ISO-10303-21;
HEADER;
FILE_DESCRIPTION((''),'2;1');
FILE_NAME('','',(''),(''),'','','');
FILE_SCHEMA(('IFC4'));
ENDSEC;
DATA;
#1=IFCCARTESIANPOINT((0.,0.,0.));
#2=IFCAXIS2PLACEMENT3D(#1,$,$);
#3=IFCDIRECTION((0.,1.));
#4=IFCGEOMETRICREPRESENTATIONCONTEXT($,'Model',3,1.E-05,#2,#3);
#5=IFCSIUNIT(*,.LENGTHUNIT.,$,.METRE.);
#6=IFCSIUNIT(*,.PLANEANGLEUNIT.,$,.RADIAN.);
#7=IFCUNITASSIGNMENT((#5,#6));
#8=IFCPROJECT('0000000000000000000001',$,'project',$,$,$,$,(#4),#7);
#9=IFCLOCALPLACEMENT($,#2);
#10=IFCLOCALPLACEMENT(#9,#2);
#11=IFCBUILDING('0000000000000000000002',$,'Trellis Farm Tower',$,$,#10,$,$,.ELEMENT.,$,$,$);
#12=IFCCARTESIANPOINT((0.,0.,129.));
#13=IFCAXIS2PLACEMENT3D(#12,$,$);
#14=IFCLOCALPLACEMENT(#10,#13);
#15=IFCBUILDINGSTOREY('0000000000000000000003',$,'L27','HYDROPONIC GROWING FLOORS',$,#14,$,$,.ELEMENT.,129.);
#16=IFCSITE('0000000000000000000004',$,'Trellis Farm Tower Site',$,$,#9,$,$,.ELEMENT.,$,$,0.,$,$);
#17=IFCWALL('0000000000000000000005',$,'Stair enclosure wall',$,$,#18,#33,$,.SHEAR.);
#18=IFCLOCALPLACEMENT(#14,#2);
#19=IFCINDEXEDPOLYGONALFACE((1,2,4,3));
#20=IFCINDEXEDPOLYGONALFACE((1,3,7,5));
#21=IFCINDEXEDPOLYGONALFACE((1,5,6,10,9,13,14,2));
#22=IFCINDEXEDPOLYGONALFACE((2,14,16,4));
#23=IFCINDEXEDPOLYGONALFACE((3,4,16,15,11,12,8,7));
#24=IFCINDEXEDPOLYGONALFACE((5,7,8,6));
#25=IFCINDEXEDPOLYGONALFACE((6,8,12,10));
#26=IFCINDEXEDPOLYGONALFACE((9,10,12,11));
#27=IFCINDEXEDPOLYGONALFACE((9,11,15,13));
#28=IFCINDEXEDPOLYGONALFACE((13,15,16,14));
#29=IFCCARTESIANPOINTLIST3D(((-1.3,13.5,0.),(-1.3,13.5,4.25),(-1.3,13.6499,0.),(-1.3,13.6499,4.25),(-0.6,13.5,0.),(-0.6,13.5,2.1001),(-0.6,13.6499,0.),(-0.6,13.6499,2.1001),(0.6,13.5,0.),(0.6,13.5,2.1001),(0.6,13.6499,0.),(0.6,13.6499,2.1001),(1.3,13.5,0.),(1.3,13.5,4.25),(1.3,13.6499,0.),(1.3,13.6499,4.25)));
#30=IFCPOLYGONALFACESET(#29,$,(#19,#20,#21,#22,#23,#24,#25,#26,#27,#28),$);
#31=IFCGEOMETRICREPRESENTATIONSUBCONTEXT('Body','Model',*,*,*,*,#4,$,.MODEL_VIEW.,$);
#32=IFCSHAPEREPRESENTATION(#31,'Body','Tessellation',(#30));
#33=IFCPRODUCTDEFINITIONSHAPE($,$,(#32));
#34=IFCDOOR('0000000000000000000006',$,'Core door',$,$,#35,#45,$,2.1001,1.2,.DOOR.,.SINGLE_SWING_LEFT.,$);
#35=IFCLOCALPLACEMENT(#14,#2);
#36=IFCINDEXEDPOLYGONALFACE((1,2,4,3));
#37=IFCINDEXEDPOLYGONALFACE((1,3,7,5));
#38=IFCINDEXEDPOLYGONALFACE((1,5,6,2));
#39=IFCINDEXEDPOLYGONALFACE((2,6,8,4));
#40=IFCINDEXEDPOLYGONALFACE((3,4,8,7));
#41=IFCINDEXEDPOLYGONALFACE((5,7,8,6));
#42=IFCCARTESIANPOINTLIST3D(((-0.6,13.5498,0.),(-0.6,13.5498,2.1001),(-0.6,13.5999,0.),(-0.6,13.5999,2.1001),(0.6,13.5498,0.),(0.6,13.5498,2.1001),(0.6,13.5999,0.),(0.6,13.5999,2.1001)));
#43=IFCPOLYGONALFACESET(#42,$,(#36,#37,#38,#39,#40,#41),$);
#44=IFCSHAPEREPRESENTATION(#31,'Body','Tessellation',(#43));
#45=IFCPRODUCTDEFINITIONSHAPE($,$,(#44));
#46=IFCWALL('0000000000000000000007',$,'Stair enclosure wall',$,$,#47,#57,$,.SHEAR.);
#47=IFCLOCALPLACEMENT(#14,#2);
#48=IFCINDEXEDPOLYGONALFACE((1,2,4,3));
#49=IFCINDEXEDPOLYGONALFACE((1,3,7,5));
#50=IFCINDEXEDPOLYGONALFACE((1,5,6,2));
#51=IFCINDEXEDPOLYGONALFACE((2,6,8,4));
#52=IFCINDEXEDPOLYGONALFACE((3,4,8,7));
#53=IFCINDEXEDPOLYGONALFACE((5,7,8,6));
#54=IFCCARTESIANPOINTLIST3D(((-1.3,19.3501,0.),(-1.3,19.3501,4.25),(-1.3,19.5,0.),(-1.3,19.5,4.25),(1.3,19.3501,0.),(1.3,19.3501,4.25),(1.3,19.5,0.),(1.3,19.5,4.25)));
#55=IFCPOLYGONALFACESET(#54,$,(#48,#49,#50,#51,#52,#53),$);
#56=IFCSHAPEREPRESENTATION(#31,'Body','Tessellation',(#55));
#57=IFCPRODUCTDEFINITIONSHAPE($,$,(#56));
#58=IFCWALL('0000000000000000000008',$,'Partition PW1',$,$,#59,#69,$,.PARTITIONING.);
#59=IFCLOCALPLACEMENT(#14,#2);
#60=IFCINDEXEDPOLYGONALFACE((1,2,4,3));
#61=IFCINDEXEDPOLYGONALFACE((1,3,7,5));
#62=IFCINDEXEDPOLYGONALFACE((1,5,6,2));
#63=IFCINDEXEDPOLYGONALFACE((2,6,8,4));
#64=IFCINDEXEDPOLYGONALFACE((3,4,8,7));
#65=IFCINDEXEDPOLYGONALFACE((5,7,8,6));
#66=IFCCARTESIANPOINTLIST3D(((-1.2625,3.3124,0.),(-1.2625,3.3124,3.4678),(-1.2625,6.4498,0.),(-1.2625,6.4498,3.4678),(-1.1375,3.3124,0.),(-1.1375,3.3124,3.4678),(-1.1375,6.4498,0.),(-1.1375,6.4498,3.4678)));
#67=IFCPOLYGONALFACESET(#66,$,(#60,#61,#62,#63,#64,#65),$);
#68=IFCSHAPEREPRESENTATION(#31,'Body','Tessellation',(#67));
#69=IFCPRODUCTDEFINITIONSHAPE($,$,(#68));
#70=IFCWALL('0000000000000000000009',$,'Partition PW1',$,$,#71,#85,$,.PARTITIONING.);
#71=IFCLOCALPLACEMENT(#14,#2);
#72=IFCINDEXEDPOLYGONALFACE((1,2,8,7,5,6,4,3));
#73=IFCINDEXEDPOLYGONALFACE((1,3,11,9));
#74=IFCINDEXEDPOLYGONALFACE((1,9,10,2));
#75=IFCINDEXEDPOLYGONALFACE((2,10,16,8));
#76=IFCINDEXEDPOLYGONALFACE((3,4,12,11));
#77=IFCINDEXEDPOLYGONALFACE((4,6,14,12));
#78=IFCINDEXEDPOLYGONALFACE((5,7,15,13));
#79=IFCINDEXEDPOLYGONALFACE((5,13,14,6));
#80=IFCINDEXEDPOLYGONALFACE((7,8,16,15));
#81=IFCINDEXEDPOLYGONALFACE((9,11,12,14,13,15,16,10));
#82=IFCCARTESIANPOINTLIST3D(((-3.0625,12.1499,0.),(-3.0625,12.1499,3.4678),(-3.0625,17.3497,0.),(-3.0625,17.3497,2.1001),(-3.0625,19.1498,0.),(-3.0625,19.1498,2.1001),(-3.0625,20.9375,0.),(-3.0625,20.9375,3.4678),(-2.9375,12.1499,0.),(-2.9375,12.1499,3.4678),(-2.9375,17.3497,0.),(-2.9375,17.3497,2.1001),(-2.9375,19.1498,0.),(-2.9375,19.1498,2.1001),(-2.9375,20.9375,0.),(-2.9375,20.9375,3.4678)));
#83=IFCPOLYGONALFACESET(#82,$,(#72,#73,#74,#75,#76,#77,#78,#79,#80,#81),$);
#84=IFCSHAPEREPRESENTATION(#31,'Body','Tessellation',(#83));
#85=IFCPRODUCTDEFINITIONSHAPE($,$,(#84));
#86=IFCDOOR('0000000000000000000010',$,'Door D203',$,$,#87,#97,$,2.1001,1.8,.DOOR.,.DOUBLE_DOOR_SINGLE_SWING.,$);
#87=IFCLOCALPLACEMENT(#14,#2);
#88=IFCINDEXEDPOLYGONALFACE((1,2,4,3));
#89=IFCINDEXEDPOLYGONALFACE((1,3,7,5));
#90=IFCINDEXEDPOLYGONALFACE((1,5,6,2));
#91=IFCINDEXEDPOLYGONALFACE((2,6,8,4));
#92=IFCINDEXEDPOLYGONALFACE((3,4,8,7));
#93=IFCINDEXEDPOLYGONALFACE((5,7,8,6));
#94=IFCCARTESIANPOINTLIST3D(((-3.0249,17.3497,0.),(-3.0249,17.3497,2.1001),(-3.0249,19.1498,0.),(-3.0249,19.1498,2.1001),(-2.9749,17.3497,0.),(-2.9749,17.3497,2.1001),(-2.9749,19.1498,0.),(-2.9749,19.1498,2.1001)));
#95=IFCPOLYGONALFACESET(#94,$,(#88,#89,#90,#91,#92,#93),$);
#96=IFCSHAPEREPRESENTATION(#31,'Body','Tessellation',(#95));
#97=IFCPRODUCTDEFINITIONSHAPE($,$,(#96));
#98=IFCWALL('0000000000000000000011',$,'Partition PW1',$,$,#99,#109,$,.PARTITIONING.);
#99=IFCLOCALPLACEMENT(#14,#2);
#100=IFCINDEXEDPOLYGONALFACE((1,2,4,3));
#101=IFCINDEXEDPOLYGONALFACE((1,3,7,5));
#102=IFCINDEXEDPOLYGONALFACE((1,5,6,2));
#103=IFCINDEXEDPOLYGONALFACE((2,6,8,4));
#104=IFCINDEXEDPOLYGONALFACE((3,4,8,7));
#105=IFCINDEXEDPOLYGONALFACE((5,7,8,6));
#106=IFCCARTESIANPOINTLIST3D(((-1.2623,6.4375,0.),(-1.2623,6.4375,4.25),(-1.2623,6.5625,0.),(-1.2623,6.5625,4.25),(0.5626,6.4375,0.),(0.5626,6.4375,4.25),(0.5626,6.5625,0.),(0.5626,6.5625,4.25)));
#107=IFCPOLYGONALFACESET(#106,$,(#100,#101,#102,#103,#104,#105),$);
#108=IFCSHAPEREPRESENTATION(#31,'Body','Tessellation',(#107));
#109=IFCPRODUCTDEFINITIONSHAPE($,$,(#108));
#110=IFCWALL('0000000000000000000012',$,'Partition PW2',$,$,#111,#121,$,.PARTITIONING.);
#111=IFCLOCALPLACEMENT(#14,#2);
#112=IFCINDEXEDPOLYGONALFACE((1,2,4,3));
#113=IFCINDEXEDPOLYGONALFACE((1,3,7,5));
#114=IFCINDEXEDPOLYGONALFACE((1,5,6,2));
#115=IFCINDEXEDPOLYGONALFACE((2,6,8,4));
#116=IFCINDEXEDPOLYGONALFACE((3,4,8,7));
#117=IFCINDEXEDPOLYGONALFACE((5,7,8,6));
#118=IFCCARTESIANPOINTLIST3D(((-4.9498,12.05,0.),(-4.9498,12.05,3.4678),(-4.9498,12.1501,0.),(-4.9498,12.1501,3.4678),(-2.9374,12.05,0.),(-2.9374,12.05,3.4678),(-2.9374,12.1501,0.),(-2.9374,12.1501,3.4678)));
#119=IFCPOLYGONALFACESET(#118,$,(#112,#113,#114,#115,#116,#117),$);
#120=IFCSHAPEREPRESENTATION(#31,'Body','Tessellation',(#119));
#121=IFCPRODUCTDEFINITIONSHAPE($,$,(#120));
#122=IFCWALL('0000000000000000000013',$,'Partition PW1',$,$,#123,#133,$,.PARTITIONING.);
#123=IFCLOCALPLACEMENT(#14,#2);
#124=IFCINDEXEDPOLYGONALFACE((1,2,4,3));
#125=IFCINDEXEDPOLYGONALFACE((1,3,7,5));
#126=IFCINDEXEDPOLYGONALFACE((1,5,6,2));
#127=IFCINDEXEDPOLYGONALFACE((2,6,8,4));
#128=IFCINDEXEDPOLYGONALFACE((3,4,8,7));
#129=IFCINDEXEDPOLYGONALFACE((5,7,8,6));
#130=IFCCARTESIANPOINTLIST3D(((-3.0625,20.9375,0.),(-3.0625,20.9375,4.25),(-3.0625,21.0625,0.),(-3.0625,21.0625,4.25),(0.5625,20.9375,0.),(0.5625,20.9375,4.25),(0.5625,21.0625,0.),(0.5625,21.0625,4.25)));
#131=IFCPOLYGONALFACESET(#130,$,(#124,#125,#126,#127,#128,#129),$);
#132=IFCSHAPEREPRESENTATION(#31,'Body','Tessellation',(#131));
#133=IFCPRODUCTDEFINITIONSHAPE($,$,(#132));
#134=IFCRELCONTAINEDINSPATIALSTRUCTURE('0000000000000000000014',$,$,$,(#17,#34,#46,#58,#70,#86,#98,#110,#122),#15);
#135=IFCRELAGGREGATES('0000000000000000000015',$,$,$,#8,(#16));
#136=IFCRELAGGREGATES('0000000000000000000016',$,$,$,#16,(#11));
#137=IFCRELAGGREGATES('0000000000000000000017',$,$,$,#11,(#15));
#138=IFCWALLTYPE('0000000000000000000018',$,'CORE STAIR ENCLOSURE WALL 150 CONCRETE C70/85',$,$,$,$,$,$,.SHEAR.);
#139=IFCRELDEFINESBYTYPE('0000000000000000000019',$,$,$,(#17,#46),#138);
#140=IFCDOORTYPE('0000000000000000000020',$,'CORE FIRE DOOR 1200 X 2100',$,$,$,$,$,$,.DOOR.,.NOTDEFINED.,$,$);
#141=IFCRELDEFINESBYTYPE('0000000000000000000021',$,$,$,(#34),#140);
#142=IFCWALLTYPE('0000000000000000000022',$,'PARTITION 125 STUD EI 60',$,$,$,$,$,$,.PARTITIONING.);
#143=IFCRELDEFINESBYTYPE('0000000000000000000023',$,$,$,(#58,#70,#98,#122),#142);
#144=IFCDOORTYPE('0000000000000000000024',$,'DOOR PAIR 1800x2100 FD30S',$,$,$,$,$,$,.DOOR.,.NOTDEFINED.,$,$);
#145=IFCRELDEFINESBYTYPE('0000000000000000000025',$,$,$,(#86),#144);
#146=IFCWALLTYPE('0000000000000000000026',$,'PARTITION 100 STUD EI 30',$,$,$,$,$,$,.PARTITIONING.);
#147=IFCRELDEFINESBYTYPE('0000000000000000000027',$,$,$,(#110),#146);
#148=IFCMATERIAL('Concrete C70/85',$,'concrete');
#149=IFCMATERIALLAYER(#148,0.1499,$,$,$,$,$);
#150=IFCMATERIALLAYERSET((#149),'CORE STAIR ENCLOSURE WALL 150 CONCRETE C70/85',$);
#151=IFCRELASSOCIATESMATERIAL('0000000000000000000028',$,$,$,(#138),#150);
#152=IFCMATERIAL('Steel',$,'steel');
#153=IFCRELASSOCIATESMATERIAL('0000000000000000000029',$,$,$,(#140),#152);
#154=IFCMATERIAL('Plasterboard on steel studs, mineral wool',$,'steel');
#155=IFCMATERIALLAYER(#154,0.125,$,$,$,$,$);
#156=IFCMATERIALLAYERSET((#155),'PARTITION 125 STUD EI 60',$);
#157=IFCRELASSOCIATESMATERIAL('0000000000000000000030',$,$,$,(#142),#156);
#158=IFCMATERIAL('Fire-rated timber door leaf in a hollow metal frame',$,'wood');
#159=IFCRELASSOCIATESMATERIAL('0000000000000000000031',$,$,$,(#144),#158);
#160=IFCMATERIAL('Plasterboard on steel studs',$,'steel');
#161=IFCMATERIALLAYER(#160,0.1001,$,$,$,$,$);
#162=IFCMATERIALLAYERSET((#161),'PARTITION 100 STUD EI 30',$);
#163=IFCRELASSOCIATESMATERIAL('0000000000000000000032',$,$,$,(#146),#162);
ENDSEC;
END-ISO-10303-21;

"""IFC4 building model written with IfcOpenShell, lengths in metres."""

from ifc_helpers import new_model, si_unit, direction, frame, frame_2d, origin, place, context, subcontext, project, spatial, rectangle, extrude, source, transform, mapped, material, layer, layer_set, type_object, element, fill, save


model = new_model("IFC4")

# Units and contexts
model_context = context("Model", 3, precision=1e-05, world=origin(), true_north=direction((0.0, 1.0)))
body_context = subcontext(model_context, "Body", "Model", "MODEL_VIEW")
ifc_project = project(units=[si_unit("LENGTHUNIT", "METRE"), si_unit("PLANEANGLEUNIT", "RADIAN")], contexts=[model_context])

# Site, building, storey
site_placement = place(None, origin())
site = spatial("IfcSite", under=ifc_project, at=site_placement, Name="Trellis Farm Tower Site", CompositionType="ELEMENT", RefElevation=0.0)
building_placement = place(site_placement, origin())
building = spatial("IfcBuilding", under=site, at=building_placement, Name="Trellis Farm Tower", CompositionType="ELEMENT")
storey_placement = place(building_placement, frame((0.0, 0.0, 129.0)))
storey = spatial("IfcBuildingStorey", under=building, at=storey_placement, Name="L27", Description="HYDROPONIC GROWING FLOORS", CompositionType="ELEMENT", Elevation=129.0)

# Shared definitions
ifc_material_1 = material(Name="Concrete C70/85", Category="concrete")

# Wall, opening, door
ifc_layer_1 = layer(ifc_material_1, 0.1499)
ifc_layer_set_1 = layer_set([ifc_layer_1], Name="CORE STAIR ENCLOSURE WALL 150 CONCRETE C70/85")
wall_type_1 = type_object("IfcWallType", Name="CORE STAIR ENCLOSURE WALL 150 CONCRETE C70/85", PredefinedType="SHEAR", material=ifc_layer_set_1)
shared_shape_1 = source(origin(), body_context, "Body", "SweptSolid", [
    extrude(rectangle(XDim=2.6001, YDim=0.1499, at=frame_2d((1.3, 0.0))), origin(), (0.0, 0.0, 1.0), 4.25),
])
wall_1_placement = place(storey_placement, frame((-1.3, 13.575, 0.0), z_axis=(0.0, 0.0, 1.0), x_axis=(1.0, 0.0, 0.0)))
wall_1 = element("IfcWall", 1, at=wall_1_placement, inside=storey, type_object=wall_type_1, Name="Stair enclosure wall", PredefinedType="SHEAR", context=body_context, shape_type="MappedRepresentation", body=[
    mapped(shared_shape_1, transform((0.0, 0.0, 0.0))),
])
shared_shape_2 = source(origin(), body_context, "Body", "SweptSolid", [
    extrude(rectangle(XDim=1.2, YDim=2.1001, at=frame_2d((0.6001, 1.05))), frame((0.0, 0.085, 0.0), z_axis=(0.0, -1.0, 0.0), x_axis=(1.0, 0.0, 0.0)), (0.0, 0.0, 1.0), 0.1699),
])
opening_1_placement = place(wall_1_placement, frame((0.7, 0.0, 0.0)))
opening_1 = element("IfcOpeningElement", 2, at=opening_1_placement, cuts=wall_1, PredefinedType="OPENING", context=body_context, shape_type="MappedRepresentation", body=[
    mapped(shared_shape_2, transform((0.0, 0.0, 0.0))),
])
ifc_material_2 = material(Name="Steel", Category="steel")
door_type_1 = type_object("IfcDoorType", Name="CORE FIRE DOOR 1200 X 2100", OperationType="NOTDEFINED", PredefinedType="DOOR", material=ifc_material_2)
shared_shape_3 = source(origin(), body_context, "Body", "SweptSolid", [
    extrude(rectangle(XDim=1.2, YDim=2.1001, at=frame_2d((0.6001, 1.05))), frame((0.0, 0.0249, 0.0), z_axis=(0.0, -1.0, 0.0), x_axis=(1.0, 0.0, 0.0)), (0.0, 0.0, 1.0), 0.05),
])
door_1_placement = place(opening_1_placement, origin())
door_1 = element("IfcDoor", 3, at=door_1_placement, inside=storey, type_object=door_type_1, Name="Core door", OperationType="SINGLE_SWING_LEFT", OverallHeight=2.1001, OverallWidth=1.2, PredefinedType="DOOR", context=body_context, shape_type="MappedRepresentation", body=[
    mapped(shared_shape_3, transform((0.0, 0.0, 0.0))),
])
fill(opening_1, door_1)

# Walls
wall_2_placement = place(storey_placement, frame((-1.3, 19.425, 0.0), z_axis=(0.0, 0.0, 1.0), x_axis=(1.0, 0.0, 0.0)))
element("IfcWall", 4, at=wall_2_placement, inside=storey, type_object=wall_type_1, Name="Stair enclosure wall", PredefinedType="SHEAR", context=body_context, shape_type="MappedRepresentation", body=[
    mapped(shared_shape_1, transform((0.0, 0.0, 0.0))),
])
ifc_material_3 = material(Name="Plasterboard on steel studs, mineral wool", Category="steel")
ifc_layer_2 = layer(ifc_material_3, 0.125)
ifc_layer_set_2 = layer_set([ifc_layer_2], Name="PARTITION 125 STUD EI 60")
wall_type_2 = type_object("IfcWallType", Name="PARTITION 125 STUD EI 60", PredefinedType="PARTITIONING", material=ifc_layer_set_2)
shared_shape_4 = source(origin(), body_context, "Body", "SweptSolid", [
    extrude(rectangle(XDim=3.1375, YDim=0.125, at=frame_2d((1.5688, 0.0))), origin(), (0.0, 0.0, 1.0), 3.4678),
])
wall_3_placement = place(storey_placement, frame((-1.2, 6.45, 0.0), z_axis=(0.0, 0.0, 1.0), x_axis=(0.0, -1.0, 0.0)))
element("IfcWall", 5, at=wall_3_placement, inside=storey, type_object=wall_type_2, Name="Partition PW1", PredefinedType="PARTITIONING", context=body_context, shape_type="MappedRepresentation", body=[
    mapped(shared_shape_4, transform((0.0, 0.0, 0.0))),
])

# Wall, opening, door
shared_shape_5 = source(origin(), body_context, "Body", "SweptSolid", [
    extrude(rectangle(XDim=8.7876, YDim=0.125, at=frame_2d((4.3938, 0.0))), origin(), (0.0, 0.0, 1.0), 3.4678),
])
wall_4_placement = place(storey_placement, frame((-3.0, 12.1499, 0.0), z_axis=(0.0, 0.0, 1.0), x_axis=(0.0, 1.0, 0.0)))
wall_4 = element("IfcWall", 6, at=wall_4_placement, inside=storey, type_object=wall_type_2, Name="Partition PW1", PredefinedType="PARTITIONING", context=body_context, shape_type="MappedRepresentation", body=[
    mapped(shared_shape_5, transform((0.0, 0.0, 0.0))),
])
shared_shape_6 = source(origin(), body_context, "Body", "SweptSolid", [
    extrude(rectangle(XDim=1.8, YDim=2.1001, at=frame_2d((0.8999, 1.05))), frame((0.0, 0.0725, 0.0), z_axis=(0.0, -1.0, 0.0), x_axis=(1.0, 0.0, 0.0)), (0.0, 0.0, 1.0), 0.145),
])
opening_2_placement = place(wall_4_placement, frame((5.2, 0.0, 0.0)))
opening_2 = element("IfcOpeningElement", 7, at=opening_2_placement, cuts=wall_4, PredefinedType="OPENING", context=body_context, shape_type="MappedRepresentation", body=[
    mapped(shared_shape_6, transform((0.0, 0.0, 0.0))),
])
ifc_material_4 = material(Name="Fire-rated timber door leaf in a hollow metal frame", Category="wood")
door_type_2 = type_object("IfcDoorType", Name="DOOR PAIR 1800x2100 FD30S", OperationType="NOTDEFINED", PredefinedType="DOOR", material=ifc_material_4)
shared_shape_7 = source(origin(), body_context, "Body", "SweptSolid", [
    extrude(rectangle(XDim=1.8, YDim=2.1001, at=frame_2d((0.8999, 1.05))), frame((0.0, 0.0249, 0.0), z_axis=(0.0, -1.0, 0.0), x_axis=(1.0, 0.0, 0.0)), (0.0, 0.0, 1.0), 0.05),
])
door_2_placement = place(opening_2_placement, origin())
door_2 = element("IfcDoor", 8, at=door_2_placement, inside=storey, type_object=door_type_2, Name="Door D203", OperationType="DOUBLE_DOOR_SINGLE_SWING", OverallHeight=2.1001, OverallWidth=1.8, PredefinedType="DOOR", context=body_context, shape_type="MappedRepresentation", body=[
    mapped(shared_shape_7, transform((0.0, 0.0, 0.0))),
])
fill(opening_2, door_2)

# Walls
shared_shape_8 = source(origin(), body_context, "Body", "SweptSolid", [
    extrude(rectangle(XDim=1.825, YDim=0.125, at=frame_2d((0.9126, 0.0))), origin(), (0.0, 0.0, 1.0), 4.25),
])
wall_5_placement = place(storey_placement, frame((-1.2625, 6.5, 0.0), z_axis=(0.0, 0.0, 1.0), x_axis=(1.0, 0.0, 0.0)))
element("IfcWall", 9, at=wall_5_placement, inside=storey, type_object=wall_type_2, Name="Partition PW1", PredefinedType="PARTITIONING", context=body_context, shape_type="MappedRepresentation", body=[
    mapped(shared_shape_8, transform((0.0, 0.0, 0.0))),
])
ifc_material_5 = material(Name="Plasterboard on steel studs", Category="steel")
ifc_layer_3 = layer(ifc_material_5, 0.1001)
ifc_layer_set_3 = layer_set([ifc_layer_3], Name="PARTITION 100 STUD EI 30")
wall_type_3 = type_object("IfcWallType", Name="PARTITION 100 STUD EI 30", PredefinedType="PARTITIONING", material=ifc_layer_set_3)
shared_shape_9 = source(origin(), body_context, "Body", "SweptSolid", [
    extrude(rectangle(XDim=2.0125, YDim=0.1001, at=frame_2d((1.0063, 0.0))), origin(), (0.0, 0.0, 1.0), 3.4678),
])
wall_6_placement = place(storey_placement, frame((-4.95, 12.1001, 0.0), z_axis=(0.0, 0.0, 1.0), x_axis=(1.0, 0.0, 0.0)))
element("IfcWall", 10, at=wall_6_placement, inside=storey, type_object=wall_type_3, Name="Partition PW2", PredefinedType="PARTITIONING", context=body_context, shape_type="MappedRepresentation", body=[
    mapped(shared_shape_9, transform((0.0, 0.0, 0.0))),
])
shared_shape_10 = source(origin(), body_context, "Body", "SweptSolid", [
    extrude(rectangle(XDim=3.625, YDim=0.125, at=frame_2d((1.8125, 0.0))), origin(), (0.0, 0.0, 1.0), 4.25),
])
wall_7_placement = place(storey_placement, frame((-3.0625, 21.0, 0.0), z_axis=(0.0, 0.0, 1.0), x_axis=(1.0, 0.0, 0.0)))
element("IfcWall", 11, at=wall_7_placement, inside=storey, type_object=wall_type_2, Name="Partition PW1", PredefinedType="PARTITIONING", context=body_context, shape_type="MappedRepresentation", body=[
    mapped(shared_shape_10, transform((0.0, 0.0, 0.0))),
])

save(model, "model.ifc")
